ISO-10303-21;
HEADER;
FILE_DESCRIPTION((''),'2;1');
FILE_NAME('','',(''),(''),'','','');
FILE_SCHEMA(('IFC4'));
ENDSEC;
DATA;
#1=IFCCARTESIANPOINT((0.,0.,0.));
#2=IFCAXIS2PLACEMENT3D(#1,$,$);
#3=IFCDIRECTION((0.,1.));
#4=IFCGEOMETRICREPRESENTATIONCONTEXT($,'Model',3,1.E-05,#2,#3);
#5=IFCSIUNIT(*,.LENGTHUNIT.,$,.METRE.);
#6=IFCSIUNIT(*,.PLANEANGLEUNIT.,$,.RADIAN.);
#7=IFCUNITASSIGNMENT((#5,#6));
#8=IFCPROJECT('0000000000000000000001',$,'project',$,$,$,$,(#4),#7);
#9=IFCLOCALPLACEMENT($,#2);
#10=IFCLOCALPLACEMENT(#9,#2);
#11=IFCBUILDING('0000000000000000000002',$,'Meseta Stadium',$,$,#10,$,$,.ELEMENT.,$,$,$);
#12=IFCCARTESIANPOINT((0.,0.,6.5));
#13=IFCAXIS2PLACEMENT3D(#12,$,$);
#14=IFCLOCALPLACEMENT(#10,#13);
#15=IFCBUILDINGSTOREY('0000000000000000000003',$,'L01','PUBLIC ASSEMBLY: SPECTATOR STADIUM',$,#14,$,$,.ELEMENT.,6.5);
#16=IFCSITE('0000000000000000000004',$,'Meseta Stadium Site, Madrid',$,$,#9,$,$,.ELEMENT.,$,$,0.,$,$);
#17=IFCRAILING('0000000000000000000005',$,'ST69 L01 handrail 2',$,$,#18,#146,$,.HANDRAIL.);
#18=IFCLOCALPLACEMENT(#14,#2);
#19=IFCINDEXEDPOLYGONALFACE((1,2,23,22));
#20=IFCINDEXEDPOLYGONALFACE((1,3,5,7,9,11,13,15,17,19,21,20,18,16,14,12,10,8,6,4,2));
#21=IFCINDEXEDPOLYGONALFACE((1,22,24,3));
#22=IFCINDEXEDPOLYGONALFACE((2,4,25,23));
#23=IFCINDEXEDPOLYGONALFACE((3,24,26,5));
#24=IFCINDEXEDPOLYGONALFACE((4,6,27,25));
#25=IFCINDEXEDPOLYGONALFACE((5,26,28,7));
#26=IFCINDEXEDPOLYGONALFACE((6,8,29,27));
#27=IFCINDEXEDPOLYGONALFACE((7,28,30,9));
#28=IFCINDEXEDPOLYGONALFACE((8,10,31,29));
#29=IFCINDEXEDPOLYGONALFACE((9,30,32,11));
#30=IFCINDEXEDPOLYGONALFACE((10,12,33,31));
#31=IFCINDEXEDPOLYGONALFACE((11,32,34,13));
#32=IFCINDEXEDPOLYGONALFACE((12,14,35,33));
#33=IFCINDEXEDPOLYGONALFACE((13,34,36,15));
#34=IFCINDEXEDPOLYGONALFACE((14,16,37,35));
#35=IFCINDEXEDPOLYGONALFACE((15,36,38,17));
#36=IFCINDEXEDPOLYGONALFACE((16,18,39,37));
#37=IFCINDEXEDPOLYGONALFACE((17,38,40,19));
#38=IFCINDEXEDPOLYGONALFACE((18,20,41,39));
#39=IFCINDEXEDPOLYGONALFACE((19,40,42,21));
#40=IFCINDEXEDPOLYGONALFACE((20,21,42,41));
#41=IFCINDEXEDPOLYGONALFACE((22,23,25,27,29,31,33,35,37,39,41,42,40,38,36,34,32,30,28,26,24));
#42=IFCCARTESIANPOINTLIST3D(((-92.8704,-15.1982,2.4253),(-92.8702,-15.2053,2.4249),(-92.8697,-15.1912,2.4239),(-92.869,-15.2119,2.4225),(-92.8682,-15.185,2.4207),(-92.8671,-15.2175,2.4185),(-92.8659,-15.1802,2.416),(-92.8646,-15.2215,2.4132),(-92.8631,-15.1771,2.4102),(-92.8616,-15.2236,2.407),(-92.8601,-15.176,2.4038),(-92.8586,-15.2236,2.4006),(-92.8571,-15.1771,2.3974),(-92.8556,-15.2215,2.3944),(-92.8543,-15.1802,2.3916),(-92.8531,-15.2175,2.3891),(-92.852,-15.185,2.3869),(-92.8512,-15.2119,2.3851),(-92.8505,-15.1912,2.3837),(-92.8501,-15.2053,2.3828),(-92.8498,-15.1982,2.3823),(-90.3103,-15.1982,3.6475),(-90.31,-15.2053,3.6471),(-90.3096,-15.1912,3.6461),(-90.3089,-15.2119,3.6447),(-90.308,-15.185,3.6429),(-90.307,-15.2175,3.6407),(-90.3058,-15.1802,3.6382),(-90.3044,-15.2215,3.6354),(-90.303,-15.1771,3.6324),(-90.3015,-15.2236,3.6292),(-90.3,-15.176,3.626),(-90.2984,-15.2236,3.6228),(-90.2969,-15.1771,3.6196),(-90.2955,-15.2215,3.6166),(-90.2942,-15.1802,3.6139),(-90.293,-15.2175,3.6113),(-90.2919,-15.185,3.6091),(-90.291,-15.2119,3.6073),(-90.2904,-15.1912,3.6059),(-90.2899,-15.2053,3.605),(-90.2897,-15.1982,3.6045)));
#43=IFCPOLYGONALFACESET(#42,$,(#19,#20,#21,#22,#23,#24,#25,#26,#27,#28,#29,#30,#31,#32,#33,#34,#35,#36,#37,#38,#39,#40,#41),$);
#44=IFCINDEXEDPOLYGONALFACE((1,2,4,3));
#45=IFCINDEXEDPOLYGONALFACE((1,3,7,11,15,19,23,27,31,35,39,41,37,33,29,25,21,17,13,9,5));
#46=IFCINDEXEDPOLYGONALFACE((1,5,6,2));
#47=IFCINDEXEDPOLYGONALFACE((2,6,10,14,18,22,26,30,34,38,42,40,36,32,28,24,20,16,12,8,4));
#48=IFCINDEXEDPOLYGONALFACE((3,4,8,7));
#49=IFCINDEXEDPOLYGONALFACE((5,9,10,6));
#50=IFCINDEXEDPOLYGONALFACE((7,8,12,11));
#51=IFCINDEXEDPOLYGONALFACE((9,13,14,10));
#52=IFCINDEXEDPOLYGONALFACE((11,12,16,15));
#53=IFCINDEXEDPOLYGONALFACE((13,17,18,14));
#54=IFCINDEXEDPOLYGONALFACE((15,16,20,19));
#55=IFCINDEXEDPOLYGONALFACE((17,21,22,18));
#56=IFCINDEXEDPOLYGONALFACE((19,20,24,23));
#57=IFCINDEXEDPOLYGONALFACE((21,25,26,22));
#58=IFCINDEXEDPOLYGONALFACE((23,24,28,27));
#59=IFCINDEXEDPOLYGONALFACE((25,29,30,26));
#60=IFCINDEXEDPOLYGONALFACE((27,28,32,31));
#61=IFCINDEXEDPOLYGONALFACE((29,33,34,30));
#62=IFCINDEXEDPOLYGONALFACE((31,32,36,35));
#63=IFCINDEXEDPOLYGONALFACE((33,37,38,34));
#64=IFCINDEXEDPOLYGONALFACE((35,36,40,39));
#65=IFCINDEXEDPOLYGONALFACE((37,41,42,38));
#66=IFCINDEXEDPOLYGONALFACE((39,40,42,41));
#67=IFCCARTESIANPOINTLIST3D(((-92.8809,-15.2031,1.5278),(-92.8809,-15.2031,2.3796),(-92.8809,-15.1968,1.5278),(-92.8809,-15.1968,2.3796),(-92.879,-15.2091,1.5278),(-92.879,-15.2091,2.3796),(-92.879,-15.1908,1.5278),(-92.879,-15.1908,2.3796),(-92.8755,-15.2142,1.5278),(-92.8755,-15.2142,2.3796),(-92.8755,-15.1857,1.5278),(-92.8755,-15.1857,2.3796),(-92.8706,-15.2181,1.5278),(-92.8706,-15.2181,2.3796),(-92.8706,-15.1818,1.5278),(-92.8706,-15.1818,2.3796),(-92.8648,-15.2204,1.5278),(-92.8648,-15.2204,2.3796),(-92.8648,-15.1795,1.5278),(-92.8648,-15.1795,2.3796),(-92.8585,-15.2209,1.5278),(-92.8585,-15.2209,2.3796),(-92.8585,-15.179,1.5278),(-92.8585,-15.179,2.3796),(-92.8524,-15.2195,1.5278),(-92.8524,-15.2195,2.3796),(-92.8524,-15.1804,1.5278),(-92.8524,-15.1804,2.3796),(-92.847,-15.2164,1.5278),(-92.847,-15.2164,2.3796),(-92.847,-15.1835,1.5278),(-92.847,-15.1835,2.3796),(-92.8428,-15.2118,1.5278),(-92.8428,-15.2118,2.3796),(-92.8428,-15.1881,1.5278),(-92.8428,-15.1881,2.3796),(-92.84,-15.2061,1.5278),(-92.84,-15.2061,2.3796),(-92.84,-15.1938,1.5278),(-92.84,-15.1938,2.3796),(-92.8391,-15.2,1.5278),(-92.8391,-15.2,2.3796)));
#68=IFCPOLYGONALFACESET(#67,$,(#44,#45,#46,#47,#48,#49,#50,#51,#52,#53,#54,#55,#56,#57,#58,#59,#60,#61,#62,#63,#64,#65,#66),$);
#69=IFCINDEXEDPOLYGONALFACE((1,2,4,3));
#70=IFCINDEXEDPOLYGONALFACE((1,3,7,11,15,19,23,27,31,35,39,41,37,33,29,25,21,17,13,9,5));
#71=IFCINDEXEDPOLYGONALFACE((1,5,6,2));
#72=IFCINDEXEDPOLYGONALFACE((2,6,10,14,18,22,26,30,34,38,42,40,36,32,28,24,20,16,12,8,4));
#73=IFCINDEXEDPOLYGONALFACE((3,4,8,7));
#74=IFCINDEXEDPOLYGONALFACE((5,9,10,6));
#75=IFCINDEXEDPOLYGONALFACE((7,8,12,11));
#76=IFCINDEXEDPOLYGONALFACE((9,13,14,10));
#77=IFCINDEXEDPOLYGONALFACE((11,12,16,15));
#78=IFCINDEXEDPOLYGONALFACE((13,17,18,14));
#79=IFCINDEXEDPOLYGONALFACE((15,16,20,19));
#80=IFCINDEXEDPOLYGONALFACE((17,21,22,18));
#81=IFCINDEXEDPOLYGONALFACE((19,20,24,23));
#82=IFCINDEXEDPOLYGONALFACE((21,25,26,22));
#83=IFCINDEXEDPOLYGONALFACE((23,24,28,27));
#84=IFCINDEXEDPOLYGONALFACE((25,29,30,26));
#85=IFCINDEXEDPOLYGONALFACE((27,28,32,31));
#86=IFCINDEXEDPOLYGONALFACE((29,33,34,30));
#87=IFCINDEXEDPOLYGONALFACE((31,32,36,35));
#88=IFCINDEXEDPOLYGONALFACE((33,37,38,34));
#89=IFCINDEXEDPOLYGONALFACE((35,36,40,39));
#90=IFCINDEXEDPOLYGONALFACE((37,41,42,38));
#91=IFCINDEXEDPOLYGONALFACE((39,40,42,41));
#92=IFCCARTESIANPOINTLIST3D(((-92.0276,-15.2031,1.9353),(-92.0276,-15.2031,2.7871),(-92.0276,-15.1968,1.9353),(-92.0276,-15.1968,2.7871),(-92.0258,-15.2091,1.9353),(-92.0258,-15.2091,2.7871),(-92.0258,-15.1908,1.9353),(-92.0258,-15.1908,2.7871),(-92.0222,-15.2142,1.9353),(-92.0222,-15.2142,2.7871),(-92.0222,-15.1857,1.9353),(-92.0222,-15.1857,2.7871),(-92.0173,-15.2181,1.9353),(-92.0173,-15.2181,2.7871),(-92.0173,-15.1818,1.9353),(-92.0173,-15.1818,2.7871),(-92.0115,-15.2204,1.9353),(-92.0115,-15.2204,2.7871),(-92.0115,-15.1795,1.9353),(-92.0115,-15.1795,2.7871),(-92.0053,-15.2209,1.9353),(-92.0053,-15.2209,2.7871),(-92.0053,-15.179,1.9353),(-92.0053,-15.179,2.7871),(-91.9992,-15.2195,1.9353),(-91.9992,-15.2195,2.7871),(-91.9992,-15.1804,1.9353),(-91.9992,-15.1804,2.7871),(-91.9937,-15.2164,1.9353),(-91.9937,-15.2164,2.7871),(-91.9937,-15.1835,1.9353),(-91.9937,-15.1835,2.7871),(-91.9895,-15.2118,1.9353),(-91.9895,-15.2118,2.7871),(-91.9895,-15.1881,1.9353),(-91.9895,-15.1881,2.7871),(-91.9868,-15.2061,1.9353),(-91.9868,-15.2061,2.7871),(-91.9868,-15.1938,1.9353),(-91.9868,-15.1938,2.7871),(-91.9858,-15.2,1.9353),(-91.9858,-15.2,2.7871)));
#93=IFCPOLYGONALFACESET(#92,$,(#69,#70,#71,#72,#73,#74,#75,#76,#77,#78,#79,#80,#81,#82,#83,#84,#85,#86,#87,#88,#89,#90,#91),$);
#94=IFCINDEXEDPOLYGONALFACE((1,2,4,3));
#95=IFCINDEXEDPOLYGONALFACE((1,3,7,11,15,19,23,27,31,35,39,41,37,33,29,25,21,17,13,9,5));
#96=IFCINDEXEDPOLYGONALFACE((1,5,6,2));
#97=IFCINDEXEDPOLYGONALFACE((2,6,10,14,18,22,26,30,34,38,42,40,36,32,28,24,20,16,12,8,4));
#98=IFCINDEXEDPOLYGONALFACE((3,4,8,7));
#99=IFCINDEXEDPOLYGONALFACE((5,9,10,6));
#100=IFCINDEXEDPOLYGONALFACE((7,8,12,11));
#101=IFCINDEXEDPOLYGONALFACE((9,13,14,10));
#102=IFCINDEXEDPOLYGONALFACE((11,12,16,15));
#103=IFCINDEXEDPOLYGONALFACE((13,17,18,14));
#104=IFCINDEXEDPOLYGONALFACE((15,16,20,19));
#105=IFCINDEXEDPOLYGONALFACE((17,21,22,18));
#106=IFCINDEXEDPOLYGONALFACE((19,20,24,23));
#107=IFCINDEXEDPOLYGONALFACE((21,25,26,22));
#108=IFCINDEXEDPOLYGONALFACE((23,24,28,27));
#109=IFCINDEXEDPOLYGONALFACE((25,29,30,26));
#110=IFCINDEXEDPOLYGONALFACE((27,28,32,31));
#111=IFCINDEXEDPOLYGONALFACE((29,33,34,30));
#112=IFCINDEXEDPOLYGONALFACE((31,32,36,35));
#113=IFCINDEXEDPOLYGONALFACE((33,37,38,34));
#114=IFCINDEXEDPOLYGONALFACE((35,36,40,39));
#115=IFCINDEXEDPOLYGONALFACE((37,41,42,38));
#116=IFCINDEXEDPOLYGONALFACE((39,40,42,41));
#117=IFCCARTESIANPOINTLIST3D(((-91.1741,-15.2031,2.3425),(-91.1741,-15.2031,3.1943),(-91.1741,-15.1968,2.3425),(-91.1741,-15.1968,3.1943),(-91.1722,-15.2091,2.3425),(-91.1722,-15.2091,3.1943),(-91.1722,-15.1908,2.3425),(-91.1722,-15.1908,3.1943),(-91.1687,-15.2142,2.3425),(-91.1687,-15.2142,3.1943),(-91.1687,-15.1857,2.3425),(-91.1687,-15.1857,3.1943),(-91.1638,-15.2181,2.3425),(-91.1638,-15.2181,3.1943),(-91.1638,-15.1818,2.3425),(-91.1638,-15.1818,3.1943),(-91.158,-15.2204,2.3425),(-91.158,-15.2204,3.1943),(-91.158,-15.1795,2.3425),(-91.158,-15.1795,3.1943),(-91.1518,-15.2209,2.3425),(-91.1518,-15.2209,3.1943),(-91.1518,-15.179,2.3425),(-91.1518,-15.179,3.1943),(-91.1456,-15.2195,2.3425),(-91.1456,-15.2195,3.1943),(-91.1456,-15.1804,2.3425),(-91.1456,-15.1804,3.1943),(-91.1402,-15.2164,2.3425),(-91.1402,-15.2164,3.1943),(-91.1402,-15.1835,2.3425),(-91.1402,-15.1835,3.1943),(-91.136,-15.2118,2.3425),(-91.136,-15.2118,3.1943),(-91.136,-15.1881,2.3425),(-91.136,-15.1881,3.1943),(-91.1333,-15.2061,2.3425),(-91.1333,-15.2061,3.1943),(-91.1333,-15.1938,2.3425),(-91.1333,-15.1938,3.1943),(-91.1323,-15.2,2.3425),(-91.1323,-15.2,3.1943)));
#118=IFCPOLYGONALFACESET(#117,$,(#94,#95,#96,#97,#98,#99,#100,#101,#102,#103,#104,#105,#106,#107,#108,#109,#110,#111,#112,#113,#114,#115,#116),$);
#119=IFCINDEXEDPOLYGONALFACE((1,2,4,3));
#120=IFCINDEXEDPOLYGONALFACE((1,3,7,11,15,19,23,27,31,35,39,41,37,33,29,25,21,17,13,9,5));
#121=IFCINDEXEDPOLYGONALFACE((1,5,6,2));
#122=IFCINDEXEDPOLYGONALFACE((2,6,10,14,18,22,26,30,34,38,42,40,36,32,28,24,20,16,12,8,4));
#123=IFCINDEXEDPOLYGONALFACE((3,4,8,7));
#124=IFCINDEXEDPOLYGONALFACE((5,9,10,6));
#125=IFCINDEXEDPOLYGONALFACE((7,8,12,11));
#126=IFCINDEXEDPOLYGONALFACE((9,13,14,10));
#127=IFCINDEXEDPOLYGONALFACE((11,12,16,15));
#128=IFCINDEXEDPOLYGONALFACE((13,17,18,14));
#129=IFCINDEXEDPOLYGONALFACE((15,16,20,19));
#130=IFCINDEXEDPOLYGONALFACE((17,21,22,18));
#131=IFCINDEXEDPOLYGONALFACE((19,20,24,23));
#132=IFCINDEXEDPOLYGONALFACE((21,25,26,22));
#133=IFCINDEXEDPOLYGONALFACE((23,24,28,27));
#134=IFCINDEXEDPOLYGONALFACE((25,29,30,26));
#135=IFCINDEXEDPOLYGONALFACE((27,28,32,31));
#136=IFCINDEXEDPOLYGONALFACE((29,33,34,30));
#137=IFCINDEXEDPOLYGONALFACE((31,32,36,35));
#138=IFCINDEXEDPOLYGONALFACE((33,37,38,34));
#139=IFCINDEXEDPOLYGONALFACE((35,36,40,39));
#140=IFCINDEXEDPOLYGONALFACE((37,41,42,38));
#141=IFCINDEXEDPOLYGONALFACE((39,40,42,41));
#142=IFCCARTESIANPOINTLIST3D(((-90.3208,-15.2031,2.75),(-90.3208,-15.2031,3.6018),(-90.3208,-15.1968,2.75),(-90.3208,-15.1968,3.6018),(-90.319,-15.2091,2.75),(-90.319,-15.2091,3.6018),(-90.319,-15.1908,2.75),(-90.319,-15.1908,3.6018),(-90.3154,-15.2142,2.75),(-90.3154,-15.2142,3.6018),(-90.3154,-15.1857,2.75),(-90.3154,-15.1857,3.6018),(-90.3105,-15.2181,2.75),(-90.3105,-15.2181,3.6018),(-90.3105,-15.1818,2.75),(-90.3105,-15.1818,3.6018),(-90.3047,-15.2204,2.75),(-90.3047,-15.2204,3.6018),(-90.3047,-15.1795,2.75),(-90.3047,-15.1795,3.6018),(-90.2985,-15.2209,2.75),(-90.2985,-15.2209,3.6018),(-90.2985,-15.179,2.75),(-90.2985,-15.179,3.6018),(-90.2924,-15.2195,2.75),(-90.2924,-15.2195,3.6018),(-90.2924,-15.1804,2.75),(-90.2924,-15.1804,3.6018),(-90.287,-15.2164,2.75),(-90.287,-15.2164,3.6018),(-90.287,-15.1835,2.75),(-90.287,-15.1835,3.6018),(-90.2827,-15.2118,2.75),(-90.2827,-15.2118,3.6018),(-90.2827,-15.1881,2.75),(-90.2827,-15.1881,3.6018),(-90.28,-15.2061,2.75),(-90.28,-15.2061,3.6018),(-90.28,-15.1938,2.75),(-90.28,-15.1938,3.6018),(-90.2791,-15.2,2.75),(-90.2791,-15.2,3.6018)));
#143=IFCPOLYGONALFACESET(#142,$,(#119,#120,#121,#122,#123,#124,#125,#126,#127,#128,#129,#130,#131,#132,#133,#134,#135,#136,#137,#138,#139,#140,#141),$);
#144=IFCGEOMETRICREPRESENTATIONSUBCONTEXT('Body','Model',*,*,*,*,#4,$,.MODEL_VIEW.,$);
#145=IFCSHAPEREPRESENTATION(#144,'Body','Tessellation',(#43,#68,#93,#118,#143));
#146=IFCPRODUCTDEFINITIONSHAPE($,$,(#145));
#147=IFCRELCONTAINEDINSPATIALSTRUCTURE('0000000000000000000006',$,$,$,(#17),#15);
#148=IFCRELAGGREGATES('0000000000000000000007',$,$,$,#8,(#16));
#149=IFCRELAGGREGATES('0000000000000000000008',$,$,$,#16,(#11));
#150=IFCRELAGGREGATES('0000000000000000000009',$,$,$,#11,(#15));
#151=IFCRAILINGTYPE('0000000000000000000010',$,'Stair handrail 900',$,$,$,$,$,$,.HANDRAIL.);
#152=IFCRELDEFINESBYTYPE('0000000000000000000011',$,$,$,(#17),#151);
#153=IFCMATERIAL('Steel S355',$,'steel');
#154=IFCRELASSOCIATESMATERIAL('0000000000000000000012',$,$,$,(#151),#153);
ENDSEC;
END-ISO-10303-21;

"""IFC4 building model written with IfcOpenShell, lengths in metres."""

from ifc_helpers import new_model, si_unit, direction, frame, origin, origin_2d, place, context, subcontext, project, spatial, circle, extrude, material, type_object, element, save


model = new_model("IFC4")

# Units and contexts
model_context = context("Model", 3, precision=1e-05, world=origin(), true_north=direction((0.0, 1.0)))
body_context = subcontext(model_context, "Body", "Model", "MODEL_VIEW")
ifc_project = project(units=[si_unit("LENGTHUNIT", "METRE"), si_unit("PLANEANGLEUNIT", "RADIAN")], contexts=[model_context])

# Site, building, storey
site_placement = place(None, origin())
site = spatial("IfcSite", under=ifc_project, at=site_placement, Name="Meseta Stadium Site, Madrid", CompositionType="ELEMENT", RefElevation=0.0)
building_placement = place(site_placement, origin())
building = spatial("IfcBuilding", under=site, at=building_placement, Name="Meseta Stadium", CompositionType="ELEMENT")
storey_placement = place(building_placement, frame((0.0, 0.0, 6.5)))
storey = spatial("IfcBuildingStorey", under=building, at=storey_placement, Name="L01", Description="PUBLIC ASSEMBLY: SPECTATOR STADIUM", CompositionType="ELEMENT", Elevation=6.5)

# Railing
ifc_material_1 = material(Name="Steel S355", Category="steel")
railing_type_1 = type_object("IfcRailingType", Name="Stair handrail 900", PredefinedType="HANDRAIL", material=ifc_material_1)
for number, where, name in (
    (1, (-92.8601, -15.2, 1.5278), "ST69 L01 handrail 2"),
):
    element("IfcRailing", number, at=place(storey_placement, frame(where)), inside=storey, type_object=railing_type_1, Name=name, PredefinedType="HANDRAIL", context=body_context, shape_type="SweptSolid", body=[
        extrude(circle(Radius=0.0239, at=origin_2d()), frame((0.0, 0.0, 0.876), z_axis=(0.902437, 0.0, 0.430822), x_axis=(0.0, 1.0, 0.0)), (0.0, 0.0, 1.0), 2.8369),
        extrude(circle(Radius=0.021, at=origin_2d()), origin(), (0.0, 0.0, 1.0), 0.8518),
        extrude(circle(Radius=0.021, at=origin_2d()), frame((0.8533, 0.0, 0.4075)), (0.0, 0.0, 1.0), 0.8518),
        extrude(circle(Radius=0.021, at=origin_2d()), frame((1.7068, 0.0, 0.8147)), (0.0, 0.0, 1.0), 0.8518),
        extrude(circle(Radius=0.021, at=origin_2d()), frame((2.5601, 0.0, 1.2222)), (0.0, 0.0, 1.0), 0.8518),
    ])

save(model, "model.ifc")
